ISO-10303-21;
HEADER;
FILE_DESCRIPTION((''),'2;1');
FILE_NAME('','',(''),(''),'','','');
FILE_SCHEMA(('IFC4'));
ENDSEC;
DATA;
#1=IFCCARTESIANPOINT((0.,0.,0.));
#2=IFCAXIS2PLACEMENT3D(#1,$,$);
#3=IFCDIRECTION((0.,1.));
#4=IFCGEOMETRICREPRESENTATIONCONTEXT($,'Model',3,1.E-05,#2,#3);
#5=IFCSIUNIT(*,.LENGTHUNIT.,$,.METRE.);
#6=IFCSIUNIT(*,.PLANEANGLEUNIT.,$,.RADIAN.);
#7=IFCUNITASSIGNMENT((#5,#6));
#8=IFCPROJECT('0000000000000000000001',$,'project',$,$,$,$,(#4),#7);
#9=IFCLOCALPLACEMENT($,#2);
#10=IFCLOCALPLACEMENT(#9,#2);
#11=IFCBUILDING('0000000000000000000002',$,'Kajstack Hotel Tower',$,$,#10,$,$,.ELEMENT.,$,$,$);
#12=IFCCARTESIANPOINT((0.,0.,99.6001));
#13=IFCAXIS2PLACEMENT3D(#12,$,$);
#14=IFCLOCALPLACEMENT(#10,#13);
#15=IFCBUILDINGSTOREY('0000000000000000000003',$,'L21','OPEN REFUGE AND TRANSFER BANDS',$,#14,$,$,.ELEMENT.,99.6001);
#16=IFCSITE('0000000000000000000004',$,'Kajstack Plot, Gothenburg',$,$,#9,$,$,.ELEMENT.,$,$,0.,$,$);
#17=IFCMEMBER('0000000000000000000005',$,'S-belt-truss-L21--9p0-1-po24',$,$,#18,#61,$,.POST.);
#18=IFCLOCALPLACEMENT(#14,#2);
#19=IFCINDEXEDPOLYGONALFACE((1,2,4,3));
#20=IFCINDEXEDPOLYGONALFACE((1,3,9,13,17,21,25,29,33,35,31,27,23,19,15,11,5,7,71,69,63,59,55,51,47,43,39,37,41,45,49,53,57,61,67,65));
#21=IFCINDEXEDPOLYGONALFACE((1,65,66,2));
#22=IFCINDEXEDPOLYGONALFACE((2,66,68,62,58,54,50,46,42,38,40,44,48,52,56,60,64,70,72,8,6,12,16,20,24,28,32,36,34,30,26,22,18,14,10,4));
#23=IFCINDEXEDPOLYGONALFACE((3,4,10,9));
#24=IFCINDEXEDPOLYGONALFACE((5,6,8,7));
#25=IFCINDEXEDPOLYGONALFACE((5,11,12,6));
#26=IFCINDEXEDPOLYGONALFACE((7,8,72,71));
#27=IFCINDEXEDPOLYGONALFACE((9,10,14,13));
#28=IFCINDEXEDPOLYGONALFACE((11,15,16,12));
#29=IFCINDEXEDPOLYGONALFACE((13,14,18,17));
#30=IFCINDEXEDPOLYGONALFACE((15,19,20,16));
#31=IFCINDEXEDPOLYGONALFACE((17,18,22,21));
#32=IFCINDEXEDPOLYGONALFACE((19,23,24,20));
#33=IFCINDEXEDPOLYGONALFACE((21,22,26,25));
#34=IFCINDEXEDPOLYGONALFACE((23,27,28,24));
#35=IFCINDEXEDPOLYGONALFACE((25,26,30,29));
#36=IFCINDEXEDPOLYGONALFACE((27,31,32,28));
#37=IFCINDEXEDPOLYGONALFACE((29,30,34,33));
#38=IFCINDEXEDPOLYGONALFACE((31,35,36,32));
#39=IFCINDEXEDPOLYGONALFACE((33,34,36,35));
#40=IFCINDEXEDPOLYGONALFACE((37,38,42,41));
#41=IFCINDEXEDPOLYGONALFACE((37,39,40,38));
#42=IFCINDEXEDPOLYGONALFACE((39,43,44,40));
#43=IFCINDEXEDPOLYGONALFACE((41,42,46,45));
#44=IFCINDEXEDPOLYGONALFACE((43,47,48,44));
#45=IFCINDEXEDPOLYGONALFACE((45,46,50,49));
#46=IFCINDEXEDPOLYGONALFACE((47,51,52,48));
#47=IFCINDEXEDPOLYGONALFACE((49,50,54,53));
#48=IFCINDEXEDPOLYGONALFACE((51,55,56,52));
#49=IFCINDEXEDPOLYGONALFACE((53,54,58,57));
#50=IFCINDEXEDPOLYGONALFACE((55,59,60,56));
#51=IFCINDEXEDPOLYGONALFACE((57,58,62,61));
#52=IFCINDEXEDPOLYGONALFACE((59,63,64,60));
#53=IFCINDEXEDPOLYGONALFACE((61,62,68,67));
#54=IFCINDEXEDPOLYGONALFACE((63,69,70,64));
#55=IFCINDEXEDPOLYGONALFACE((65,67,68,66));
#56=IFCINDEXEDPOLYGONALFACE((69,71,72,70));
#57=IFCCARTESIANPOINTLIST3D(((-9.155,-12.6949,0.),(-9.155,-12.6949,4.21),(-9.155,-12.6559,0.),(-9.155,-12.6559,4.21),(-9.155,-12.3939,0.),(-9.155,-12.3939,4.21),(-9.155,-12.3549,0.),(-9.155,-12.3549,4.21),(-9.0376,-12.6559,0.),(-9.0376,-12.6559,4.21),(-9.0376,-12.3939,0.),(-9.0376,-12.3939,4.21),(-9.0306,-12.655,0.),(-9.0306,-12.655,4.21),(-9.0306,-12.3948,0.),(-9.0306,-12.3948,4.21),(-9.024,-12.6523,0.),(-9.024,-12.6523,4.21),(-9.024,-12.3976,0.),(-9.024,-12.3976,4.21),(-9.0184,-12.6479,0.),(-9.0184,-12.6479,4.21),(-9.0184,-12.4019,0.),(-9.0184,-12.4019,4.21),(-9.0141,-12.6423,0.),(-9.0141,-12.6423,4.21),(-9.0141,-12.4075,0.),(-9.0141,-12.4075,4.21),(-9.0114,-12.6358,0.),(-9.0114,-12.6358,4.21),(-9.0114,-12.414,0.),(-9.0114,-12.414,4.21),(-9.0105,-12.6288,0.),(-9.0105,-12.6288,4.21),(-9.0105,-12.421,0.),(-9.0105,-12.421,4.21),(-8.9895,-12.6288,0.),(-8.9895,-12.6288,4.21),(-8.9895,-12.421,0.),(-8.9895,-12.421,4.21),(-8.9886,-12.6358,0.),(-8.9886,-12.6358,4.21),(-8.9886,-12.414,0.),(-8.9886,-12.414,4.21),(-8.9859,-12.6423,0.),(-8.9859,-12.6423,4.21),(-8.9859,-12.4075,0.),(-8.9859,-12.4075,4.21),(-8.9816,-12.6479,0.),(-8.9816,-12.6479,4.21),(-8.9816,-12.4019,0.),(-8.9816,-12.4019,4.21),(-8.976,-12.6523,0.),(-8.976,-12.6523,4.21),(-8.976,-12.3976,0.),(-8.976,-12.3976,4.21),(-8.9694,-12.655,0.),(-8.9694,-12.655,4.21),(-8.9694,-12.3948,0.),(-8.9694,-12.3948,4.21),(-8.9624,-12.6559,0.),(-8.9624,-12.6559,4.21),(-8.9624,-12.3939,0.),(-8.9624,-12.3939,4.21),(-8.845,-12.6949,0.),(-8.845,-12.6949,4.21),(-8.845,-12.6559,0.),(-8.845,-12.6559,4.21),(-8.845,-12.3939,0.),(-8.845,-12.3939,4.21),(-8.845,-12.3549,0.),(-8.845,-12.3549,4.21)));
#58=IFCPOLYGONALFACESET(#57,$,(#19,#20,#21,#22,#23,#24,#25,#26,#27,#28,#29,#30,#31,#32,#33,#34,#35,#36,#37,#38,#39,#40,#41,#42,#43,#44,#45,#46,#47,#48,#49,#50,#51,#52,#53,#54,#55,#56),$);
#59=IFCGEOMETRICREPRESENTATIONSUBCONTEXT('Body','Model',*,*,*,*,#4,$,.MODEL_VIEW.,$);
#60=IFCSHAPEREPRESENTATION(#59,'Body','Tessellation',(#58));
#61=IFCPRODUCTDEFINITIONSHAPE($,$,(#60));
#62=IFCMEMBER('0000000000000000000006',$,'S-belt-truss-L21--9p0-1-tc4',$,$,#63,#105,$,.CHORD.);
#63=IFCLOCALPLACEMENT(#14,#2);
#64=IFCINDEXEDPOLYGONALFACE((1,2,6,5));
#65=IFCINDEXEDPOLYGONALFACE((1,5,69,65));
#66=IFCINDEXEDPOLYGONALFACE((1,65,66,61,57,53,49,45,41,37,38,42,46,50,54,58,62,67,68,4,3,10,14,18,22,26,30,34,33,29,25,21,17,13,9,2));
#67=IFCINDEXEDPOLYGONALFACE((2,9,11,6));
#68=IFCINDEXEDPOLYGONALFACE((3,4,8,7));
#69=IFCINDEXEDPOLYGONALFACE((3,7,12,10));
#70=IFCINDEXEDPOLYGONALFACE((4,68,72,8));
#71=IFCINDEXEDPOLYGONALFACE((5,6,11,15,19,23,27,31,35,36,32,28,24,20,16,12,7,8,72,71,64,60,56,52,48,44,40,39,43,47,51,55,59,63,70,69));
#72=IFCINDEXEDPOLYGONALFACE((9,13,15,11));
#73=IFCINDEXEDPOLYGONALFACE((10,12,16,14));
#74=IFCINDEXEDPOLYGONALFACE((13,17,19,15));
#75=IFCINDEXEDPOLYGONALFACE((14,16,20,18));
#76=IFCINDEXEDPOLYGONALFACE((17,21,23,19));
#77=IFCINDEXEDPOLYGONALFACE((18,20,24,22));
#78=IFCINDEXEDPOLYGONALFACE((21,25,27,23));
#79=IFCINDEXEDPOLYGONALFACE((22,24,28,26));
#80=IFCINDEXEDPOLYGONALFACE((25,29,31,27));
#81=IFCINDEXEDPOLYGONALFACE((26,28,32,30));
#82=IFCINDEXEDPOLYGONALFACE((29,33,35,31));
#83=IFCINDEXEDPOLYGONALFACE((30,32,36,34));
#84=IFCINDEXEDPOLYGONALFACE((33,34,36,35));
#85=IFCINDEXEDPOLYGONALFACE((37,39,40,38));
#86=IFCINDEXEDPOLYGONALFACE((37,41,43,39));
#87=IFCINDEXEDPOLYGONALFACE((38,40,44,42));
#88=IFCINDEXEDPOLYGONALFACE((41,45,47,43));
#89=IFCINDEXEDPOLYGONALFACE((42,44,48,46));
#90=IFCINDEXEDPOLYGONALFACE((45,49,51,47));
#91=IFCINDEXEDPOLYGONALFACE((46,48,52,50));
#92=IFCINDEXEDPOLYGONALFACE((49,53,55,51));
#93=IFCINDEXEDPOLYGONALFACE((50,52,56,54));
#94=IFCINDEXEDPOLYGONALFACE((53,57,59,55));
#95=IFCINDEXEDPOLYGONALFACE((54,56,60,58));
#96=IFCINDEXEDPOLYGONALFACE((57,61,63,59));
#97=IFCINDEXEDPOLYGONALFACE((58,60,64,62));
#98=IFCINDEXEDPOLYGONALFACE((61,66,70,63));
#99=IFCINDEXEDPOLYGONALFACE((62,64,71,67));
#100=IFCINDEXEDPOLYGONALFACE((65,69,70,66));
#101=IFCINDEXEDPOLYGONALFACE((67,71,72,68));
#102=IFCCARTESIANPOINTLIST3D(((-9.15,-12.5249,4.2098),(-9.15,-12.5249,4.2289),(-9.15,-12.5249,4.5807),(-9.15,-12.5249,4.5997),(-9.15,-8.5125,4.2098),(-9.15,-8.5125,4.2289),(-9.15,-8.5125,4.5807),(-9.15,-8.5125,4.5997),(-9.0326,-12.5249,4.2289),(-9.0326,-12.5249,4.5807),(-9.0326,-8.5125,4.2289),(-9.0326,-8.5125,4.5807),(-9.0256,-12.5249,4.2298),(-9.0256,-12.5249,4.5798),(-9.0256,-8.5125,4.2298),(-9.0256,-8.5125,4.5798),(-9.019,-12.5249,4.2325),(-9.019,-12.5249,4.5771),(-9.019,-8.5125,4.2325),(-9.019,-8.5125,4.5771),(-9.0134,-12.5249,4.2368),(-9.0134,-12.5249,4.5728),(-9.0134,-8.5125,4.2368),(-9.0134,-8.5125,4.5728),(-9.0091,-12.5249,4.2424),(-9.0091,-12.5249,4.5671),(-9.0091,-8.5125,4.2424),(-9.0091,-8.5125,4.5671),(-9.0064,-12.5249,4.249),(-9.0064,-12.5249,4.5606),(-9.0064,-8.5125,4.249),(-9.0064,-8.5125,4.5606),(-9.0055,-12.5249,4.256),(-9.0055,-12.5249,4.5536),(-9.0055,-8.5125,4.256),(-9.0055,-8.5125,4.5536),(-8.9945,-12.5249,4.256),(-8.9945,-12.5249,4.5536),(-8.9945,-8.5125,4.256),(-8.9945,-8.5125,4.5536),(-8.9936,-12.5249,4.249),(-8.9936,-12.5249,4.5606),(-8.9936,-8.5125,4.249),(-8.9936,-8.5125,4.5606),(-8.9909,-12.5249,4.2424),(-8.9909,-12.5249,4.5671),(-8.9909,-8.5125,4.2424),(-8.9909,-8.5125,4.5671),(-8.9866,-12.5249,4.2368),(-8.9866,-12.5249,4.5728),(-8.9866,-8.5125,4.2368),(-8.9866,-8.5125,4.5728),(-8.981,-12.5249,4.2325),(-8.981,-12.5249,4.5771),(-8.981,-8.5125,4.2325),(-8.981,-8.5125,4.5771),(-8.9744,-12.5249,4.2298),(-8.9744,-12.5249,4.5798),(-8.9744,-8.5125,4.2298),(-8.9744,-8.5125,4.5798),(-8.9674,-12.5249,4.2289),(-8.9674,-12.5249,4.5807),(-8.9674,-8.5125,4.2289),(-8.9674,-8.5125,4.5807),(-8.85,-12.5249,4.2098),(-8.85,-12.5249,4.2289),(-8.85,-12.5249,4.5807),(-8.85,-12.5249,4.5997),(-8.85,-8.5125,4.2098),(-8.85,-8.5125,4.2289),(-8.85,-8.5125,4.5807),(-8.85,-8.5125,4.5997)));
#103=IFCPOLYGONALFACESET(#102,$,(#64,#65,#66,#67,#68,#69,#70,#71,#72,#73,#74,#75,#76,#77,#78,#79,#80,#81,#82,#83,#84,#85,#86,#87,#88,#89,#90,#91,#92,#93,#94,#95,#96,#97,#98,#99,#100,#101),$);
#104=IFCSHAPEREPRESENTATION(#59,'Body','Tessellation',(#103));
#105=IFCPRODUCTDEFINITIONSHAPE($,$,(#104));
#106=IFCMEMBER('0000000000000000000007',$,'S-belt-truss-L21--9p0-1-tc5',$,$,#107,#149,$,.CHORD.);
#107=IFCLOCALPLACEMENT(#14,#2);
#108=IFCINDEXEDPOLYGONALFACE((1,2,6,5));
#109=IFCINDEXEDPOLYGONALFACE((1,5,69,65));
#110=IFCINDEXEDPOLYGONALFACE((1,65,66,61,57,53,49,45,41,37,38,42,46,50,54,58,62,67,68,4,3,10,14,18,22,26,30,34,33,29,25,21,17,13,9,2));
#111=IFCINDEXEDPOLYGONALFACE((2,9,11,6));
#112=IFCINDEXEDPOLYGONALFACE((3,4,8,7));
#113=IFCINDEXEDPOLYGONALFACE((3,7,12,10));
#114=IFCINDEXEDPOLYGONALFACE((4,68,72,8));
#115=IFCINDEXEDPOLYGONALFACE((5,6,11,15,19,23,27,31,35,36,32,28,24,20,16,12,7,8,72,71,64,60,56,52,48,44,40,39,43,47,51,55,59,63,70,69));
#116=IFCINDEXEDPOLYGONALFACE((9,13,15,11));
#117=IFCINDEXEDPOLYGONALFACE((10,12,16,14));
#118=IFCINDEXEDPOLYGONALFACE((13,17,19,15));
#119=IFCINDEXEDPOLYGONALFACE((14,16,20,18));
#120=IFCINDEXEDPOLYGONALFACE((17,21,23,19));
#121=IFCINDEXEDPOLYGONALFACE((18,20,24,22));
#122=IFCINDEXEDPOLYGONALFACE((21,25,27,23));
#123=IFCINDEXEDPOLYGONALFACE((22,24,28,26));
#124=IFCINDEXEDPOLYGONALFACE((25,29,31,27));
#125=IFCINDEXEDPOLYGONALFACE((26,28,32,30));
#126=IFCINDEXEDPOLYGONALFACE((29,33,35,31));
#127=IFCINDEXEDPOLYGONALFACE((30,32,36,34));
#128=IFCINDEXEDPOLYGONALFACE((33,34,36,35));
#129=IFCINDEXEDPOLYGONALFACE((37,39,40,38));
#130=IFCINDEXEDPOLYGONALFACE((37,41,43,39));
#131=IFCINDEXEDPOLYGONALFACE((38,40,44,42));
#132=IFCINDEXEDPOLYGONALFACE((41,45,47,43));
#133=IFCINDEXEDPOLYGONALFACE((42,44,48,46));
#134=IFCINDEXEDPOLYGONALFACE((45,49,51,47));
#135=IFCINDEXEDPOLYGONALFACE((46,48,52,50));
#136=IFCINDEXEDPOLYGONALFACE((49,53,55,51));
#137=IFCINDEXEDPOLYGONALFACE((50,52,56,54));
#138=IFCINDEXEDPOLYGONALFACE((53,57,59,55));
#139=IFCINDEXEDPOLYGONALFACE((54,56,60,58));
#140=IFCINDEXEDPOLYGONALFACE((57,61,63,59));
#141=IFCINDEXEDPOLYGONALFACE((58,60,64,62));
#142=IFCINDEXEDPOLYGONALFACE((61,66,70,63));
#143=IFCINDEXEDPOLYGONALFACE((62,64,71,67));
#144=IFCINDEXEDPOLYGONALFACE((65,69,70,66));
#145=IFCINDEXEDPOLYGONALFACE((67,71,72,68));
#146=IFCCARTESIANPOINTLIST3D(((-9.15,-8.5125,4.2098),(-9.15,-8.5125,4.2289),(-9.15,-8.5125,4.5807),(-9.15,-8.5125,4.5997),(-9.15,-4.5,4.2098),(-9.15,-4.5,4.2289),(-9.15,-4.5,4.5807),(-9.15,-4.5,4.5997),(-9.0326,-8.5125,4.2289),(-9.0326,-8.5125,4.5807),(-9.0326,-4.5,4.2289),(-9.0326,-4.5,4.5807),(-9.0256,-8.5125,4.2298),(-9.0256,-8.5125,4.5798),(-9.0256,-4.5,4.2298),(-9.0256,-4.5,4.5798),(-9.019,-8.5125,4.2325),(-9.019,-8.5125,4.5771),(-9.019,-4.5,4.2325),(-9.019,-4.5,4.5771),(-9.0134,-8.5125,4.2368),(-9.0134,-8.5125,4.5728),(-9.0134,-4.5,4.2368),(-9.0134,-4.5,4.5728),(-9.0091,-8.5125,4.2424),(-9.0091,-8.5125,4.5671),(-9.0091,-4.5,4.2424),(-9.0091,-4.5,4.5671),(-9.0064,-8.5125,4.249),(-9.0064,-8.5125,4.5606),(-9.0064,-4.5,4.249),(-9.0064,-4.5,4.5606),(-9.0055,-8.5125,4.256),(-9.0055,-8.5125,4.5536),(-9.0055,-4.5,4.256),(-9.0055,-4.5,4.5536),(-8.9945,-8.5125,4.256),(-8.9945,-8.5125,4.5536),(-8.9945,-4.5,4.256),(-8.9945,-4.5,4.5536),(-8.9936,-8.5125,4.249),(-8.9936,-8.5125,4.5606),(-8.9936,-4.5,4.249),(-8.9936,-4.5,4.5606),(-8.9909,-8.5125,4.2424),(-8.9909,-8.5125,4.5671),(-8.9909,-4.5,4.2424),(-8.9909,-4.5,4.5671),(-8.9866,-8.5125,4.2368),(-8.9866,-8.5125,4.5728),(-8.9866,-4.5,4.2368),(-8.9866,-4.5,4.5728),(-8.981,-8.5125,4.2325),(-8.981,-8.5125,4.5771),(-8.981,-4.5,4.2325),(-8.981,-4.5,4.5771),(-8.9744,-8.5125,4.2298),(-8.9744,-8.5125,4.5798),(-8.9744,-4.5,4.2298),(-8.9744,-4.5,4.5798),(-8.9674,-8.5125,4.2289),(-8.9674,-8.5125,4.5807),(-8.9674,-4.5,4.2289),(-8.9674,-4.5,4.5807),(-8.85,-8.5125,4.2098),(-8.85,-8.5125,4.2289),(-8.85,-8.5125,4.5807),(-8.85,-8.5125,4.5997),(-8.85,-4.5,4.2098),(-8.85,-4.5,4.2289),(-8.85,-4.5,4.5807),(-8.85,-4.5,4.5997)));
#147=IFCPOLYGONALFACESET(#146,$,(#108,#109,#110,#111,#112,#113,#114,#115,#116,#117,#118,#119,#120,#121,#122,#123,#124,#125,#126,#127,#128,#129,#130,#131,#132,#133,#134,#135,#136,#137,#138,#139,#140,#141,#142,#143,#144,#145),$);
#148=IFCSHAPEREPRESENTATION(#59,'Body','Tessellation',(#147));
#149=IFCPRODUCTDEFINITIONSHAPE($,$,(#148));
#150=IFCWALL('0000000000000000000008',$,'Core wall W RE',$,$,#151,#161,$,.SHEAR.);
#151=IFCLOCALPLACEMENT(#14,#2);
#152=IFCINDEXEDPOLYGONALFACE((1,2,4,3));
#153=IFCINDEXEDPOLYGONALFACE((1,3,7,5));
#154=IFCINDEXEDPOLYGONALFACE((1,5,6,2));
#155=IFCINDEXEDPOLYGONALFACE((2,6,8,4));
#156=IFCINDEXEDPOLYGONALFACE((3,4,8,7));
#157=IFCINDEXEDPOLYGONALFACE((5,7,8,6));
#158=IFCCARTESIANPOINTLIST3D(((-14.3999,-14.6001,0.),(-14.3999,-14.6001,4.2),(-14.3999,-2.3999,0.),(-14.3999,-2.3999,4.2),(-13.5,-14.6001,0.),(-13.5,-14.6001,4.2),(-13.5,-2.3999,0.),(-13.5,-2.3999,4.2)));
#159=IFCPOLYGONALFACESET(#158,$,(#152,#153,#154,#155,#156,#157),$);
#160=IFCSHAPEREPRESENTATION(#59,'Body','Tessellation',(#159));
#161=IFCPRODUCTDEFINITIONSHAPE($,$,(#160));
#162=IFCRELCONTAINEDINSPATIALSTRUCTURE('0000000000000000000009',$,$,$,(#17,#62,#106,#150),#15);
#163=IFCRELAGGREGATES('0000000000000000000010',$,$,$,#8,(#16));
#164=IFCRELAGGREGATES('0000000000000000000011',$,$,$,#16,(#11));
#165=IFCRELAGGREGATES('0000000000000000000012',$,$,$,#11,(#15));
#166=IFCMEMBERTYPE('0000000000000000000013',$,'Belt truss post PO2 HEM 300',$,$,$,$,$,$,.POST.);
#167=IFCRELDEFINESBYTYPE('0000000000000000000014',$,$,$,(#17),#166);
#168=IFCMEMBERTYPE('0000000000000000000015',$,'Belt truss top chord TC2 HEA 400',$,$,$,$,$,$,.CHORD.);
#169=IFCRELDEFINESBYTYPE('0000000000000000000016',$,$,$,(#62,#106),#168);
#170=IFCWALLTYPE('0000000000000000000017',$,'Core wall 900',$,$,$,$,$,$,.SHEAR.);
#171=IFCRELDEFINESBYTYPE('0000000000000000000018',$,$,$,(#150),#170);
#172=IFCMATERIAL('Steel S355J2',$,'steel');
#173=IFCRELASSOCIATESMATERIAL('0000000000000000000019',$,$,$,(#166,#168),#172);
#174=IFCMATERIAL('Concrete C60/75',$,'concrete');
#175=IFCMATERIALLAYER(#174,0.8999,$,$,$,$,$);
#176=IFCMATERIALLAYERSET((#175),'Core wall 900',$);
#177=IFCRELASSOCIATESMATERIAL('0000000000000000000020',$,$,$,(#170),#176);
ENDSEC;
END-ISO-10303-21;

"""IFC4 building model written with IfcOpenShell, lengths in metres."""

from ifc_helpers import new_model, si_unit, direction, frame, frame_2d, origin, origin_2d, place, context, subcontext, project, spatial, rectangle, i_section, extrude, material, layer, layer_set, material_profile, profile_set, type_object, element, save


model = new_model("IFC4")

# Units and contexts
model_context = context("Model", 3, precision=1e-05, world=origin(), true_north=direction((0.0, 1.0)))
body_context = subcontext(model_context, "Body", "Model", "MODEL_VIEW")
ifc_project = project(units=[si_unit("LENGTHUNIT", "METRE"), si_unit("PLANEANGLEUNIT", "RADIAN")], contexts=[model_context])

# Site, building, storey
site_placement = place(None, origin())
site = spatial("IfcSite", under=ifc_project, at=site_placement, Name="Kajstack Plot, Gothenburg", CompositionType="ELEMENT", RefElevation=0.0)
building_placement = place(site_placement, origin())
building = spatial("IfcBuilding", under=site, at=building_placement, Name="Kajstack Hotel Tower", CompositionType="ELEMENT")
storey_placement = place(building_placement, frame((0.0, 0.0, 99.6001)))
storey = spatial("IfcBuildingStorey", under=building, at=storey_placement, Name="L21", Description="OPEN REFUGE AND TRANSFER BANDS", CompositionType="ELEMENT", Elevation=99.6001)

# Members
ifc_material_1 = material(Name="Steel S355J2", Category="steel")
ifc_material_profile_1 = material_profile(ifc_material_1, i_section(OverallWidth=0.3101, OverallDepth=0.3401, WebThickness=0.021, FlangeThickness=0.0391, FilletRadius=0.0271, at=origin_2d()), Name="HEM 300")
ifc_profile_set_1 = profile_set([ifc_material_profile_1], Name="Steel S355J2")
member_type_1 = type_object("IfcMemberType", Name="Belt truss post PO2 HEM 300", PredefinedType="POST", material=ifc_profile_set_1)
member_1_placement = place(storey_placement, frame((-9.0, -12.5249, 0.0), z_axis=(0.0, 0.0, 1.0), x_axis=(1.0, 0.0, 0.0)))
element("IfcMember", 1, at=member_1_placement, inside=storey, type_object=member_type_1, Name="S-belt-truss-L21--9p0-1-po24", PredefinedType="POST", context=body_context, shape_type="SweptSolid", body=[
    extrude(i_section(OverallWidth=0.3101, OverallDepth=0.3401, WebThickness=0.021, FlangeThickness=0.0391, FilletRadius=0.0271, at=origin_2d()), origin(), (0.0, 0.0, 1.0), 4.21),
])
ifc_material_profile_2 = material_profile(ifc_material_1, i_section(OverallWidth=0.3, OverallDepth=0.3899, WebThickness=0.011, FlangeThickness=0.019, FilletRadius=0.0271, at=origin_2d()), Name="HEA 400")
ifc_profile_set_2 = profile_set([ifc_material_profile_2], Name="Steel S355J2")
member_type_2 = type_object("IfcMemberType", Name="Belt truss top chord TC2 HEA 400", PredefinedType="CHORD", material=ifc_profile_set_2)
for number, where, z_axis, x_axis, name in (
    (2, (-9.0, -12.5249, 4.4048), (0.0, 1.0, 0.0), (-1.0, 0.0, 0.0), "S-belt-truss-L21--9p0-1-tc4"),
    (3, (-9.0, -8.5125, 4.4048), (0.0, 1.0, 0.0), (-1.0, 0.0, 0.0), "S-belt-truss-L21--9p0-1-tc5"),
):
    element("IfcMember", number, at=place(storey_placement, frame(where, z_axis=z_axis, x_axis=x_axis)), inside=storey, type_object=member_type_2, Name=name, PredefinedType="CHORD", context=body_context, shape_type="SweptSolid", body=[
        extrude(i_section(OverallWidth=0.3, OverallDepth=0.3899, WebThickness=0.011, FlangeThickness=0.019, FilletRadius=0.0271, at=origin_2d()), origin(), (0.0, 0.0, 1.0), 4.0125),
    ])

# Wall
ifc_material_2 = material(Name="Concrete C60/75", Category="concrete")
ifc_layer_1 = layer(ifc_material_2, 0.8999)
ifc_layer_set_1 = layer_set([ifc_layer_1], Name="Core wall 900")
wall_type_1 = type_object("IfcWallType", Name="Core wall 900", PredefinedType="SHEAR", material=ifc_layer_set_1)
wall_1_placement = place(storey_placement, frame((-13.95, -14.6001, 0.0), z_axis=(0.0, 0.0, 1.0), x_axis=(0.0, 1.0, 0.0)))
element("IfcWall", 4, at=wall_1_placement, inside=storey, type_object=wall_type_1, Name="Core wall W RE", PredefinedType="SHEAR", context=body_context, shape_type="SweptSolid", body=[
    extrude(rectangle(XDim=12.2002, YDim=0.8999, at=frame_2d((6.1001, 0.0))), origin(), (0.0, 0.0, 1.0), 4.2),
])

save(model, "model.ifc")
